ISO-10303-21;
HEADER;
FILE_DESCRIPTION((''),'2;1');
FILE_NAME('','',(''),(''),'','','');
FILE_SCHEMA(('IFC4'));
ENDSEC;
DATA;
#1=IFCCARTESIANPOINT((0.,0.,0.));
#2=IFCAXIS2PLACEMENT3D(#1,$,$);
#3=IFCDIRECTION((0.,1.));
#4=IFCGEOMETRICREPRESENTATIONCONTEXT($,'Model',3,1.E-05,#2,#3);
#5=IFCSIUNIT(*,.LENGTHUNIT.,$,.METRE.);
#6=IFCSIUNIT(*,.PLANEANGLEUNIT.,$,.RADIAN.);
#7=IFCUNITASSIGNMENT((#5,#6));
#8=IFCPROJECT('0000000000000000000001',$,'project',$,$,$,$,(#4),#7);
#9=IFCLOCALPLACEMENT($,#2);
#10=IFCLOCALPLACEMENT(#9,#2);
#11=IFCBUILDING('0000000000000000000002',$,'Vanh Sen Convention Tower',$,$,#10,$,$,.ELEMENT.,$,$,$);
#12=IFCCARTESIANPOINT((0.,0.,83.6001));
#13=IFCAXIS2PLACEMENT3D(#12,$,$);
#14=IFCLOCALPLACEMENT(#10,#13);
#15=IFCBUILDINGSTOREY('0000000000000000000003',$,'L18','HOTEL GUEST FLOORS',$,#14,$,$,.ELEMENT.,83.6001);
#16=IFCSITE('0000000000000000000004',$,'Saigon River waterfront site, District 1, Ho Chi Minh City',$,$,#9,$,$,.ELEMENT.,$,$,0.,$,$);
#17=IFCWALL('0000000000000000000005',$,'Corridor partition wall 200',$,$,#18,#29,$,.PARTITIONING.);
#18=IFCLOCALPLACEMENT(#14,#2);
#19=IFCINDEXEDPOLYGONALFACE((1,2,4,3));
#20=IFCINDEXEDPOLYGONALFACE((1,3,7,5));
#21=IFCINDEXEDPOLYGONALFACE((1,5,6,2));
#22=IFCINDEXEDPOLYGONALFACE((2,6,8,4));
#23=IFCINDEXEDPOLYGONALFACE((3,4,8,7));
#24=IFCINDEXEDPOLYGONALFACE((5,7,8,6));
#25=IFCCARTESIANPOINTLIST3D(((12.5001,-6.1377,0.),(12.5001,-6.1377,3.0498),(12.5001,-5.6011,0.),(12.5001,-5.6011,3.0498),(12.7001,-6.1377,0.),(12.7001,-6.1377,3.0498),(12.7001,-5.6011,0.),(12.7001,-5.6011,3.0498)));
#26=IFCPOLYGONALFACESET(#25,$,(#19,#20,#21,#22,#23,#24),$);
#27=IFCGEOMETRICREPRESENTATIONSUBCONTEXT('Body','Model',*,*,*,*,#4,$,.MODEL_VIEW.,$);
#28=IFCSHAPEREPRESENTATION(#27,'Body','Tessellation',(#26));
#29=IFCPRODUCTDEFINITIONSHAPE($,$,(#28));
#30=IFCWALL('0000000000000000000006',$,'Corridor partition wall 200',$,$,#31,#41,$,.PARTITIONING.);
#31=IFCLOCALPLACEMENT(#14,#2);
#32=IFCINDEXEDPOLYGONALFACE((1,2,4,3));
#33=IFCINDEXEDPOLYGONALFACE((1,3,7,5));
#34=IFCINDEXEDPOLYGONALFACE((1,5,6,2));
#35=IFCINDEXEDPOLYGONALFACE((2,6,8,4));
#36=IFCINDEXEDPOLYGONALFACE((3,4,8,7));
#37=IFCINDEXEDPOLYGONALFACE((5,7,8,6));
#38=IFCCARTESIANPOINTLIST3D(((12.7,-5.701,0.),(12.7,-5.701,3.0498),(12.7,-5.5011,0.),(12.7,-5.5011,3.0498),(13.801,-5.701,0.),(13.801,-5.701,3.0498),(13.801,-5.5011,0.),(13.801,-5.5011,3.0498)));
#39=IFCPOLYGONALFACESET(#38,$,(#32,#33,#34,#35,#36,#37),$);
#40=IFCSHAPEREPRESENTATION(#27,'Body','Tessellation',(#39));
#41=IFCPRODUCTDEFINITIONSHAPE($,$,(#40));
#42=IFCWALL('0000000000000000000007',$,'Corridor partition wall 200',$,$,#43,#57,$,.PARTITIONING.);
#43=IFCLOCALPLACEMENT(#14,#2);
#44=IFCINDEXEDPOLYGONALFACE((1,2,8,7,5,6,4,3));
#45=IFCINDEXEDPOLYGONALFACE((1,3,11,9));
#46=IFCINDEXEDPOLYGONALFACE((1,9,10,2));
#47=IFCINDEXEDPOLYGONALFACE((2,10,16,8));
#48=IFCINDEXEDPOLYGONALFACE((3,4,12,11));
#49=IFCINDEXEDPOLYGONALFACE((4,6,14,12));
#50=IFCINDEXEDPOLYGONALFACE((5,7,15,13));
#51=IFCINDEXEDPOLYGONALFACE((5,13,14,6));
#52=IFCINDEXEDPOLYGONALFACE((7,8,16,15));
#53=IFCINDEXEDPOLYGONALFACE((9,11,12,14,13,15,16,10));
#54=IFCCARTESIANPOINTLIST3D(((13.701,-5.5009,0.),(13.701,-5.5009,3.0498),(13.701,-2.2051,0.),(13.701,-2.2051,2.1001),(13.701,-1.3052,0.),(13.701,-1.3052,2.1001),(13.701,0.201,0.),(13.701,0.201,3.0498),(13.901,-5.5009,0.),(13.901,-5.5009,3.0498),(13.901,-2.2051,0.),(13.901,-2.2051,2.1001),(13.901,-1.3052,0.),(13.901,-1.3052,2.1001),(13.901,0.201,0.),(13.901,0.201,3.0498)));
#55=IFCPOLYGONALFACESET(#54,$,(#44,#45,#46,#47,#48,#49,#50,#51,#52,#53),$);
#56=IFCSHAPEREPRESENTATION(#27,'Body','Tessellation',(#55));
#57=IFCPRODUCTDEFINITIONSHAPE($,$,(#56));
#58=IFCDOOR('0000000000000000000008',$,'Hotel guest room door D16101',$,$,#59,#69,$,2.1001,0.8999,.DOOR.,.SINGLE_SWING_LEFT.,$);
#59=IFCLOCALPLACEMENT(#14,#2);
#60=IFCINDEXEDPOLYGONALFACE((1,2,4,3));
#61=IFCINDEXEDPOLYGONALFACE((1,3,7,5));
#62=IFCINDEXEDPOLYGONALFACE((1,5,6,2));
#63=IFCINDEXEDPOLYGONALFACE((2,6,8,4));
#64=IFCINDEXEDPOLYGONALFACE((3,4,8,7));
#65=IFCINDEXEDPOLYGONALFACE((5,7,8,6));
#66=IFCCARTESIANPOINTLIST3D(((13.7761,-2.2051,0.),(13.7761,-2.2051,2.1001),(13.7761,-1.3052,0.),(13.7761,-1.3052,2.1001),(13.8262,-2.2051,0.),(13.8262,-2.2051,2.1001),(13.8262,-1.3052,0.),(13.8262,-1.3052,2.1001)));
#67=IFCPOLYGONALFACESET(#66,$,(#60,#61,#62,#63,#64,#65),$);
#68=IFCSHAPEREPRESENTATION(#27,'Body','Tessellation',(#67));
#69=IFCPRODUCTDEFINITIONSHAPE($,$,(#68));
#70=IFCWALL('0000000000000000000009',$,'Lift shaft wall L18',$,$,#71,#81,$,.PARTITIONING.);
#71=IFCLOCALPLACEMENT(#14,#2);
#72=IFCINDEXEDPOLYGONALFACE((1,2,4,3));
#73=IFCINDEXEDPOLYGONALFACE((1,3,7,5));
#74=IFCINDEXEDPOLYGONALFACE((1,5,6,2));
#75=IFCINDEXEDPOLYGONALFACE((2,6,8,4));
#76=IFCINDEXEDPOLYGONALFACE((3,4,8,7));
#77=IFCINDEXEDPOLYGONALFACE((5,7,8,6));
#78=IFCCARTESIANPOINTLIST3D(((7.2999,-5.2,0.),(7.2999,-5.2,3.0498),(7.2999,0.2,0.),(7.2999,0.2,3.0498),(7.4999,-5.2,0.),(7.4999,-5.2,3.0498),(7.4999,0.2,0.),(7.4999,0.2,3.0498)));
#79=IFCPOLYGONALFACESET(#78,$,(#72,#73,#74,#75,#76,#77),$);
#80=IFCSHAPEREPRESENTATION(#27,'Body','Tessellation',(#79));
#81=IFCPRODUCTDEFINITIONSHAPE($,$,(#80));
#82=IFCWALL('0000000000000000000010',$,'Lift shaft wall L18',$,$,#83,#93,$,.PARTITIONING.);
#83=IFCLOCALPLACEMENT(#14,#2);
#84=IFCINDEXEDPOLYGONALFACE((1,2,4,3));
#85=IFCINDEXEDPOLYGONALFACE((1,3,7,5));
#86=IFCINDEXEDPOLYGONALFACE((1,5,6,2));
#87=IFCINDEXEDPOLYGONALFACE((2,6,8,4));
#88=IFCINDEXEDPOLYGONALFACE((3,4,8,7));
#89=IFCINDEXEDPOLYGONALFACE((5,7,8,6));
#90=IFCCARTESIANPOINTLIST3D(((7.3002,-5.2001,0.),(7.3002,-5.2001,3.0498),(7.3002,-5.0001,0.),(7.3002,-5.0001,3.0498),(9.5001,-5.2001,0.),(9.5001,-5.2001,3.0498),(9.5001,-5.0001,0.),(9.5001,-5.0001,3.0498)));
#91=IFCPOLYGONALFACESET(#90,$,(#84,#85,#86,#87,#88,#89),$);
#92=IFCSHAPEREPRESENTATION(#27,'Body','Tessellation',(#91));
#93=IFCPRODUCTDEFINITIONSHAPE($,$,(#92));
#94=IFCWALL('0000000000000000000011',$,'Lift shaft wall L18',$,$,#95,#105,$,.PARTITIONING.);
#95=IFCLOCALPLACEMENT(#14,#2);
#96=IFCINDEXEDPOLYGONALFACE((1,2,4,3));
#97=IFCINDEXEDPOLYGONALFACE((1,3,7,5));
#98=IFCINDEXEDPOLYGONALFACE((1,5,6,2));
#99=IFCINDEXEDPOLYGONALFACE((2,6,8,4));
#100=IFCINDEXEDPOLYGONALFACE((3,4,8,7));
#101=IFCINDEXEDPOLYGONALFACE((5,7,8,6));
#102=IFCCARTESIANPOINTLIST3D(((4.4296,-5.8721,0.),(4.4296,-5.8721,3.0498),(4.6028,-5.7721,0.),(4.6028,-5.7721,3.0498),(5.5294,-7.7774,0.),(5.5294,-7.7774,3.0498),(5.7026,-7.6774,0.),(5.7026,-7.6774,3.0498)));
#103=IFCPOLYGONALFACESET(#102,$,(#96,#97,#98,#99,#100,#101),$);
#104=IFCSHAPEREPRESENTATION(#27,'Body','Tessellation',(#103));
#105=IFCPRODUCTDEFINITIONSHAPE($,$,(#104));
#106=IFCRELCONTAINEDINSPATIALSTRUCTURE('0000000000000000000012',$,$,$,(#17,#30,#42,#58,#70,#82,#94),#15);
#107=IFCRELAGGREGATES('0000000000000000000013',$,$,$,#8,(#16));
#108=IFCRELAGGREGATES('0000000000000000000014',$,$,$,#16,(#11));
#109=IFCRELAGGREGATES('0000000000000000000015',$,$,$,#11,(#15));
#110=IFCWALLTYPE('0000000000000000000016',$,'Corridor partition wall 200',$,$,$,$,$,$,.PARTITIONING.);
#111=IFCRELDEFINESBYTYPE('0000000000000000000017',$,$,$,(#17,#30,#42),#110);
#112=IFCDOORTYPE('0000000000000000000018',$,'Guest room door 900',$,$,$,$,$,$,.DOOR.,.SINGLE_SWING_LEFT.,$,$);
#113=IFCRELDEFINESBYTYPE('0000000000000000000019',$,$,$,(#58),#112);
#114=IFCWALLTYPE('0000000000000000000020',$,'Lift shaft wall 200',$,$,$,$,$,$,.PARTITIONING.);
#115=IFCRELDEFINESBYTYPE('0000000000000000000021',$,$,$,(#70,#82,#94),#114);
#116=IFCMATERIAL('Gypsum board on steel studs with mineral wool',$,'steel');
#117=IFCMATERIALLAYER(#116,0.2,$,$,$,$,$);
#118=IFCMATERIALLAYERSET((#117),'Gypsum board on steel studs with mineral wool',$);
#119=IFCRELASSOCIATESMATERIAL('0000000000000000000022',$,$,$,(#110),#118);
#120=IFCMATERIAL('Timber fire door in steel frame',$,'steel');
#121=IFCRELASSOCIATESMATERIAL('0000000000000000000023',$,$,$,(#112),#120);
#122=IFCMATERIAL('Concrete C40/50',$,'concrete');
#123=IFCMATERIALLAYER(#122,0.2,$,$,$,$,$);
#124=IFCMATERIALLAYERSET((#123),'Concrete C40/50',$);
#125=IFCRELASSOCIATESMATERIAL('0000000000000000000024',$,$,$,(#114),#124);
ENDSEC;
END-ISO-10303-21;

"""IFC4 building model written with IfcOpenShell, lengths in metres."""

from ifc_helpers import new_model, si_unit, direction, frame, frame_2d, origin, place, context, subcontext, project, spatial, rectangle, extrude, material, layer, layer_set, type_object, element, fill, save


model = new_model("IFC4")

# Units and contexts
model_context = context("Model", 3, precision=1e-05, world=origin(), true_north=direction((0.0, 1.0)))
body_context = subcontext(model_context, "Body", "Model", "MODEL_VIEW")
ifc_project = project(units=[si_unit("LENGTHUNIT", "METRE"), si_unit("PLANEANGLEUNIT", "RADIAN")], contexts=[model_context])

# Site, building, storey
site_placement = place(None, origin())
site = spatial("IfcSite", under=ifc_project, at=site_placement, Name="Saigon River waterfront site, District 1, Ho Chi Minh City", CompositionType="ELEMENT", RefElevation=0.0)
building_placement = place(site_placement, origin())
building = spatial("IfcBuilding", under=site, at=building_placement, Name="Vanh Sen Convention Tower", CompositionType="ELEMENT")
storey_placement = place(building_placement, frame((0.0, 0.0, 83.6001)))
storey = spatial("IfcBuildingStorey", under=building, at=storey_placement, Name="L18", Description="HOTEL GUEST FLOORS", CompositionType="ELEMENT", Elevation=83.6001)

# Shared definitions
ifc_material_1 = material(Name="Gypsum board on steel studs with mineral wool", Category="steel")
ifc_layer_1 = layer(ifc_material_1, 0.2)
ifc_layer_set_1 = layer_set([ifc_layer_1], Name="Gypsum board on steel studs with mineral wool")
wall_type_1 = type_object("IfcWallType", Name="Corridor partition wall 200", PredefinedType="PARTITIONING", material=ifc_layer_set_1)
ifc_material_2 = material(Name="Timber fire door in steel frame", Category="steel")
door_type_1 = type_object("IfcDoorType", Name="Guest room door 900", OperationType="SINGLE_SWING_LEFT", PredefinedType="DOOR", material=ifc_material_2)

# Walls
wall_1_placement = place(storey_placement, frame((12.6001, -6.1377, 0.0), z_axis=(0.0, 0.0, 1.0), x_axis=(0.0, 1.0, 0.0)))
element("IfcWall", 1, at=wall_1_placement, inside=storey, type_object=wall_type_1, Name="Corridor partition wall 200", PredefinedType="PARTITIONING", context=body_context, shape_type="SweptSolid", body=[
    extrude(rectangle(XDim=0.5366, YDim=0.2, at=frame_2d((0.2683, 0.0))), origin(), (0.0, 0.0, 1.0), 3.0498),
])
wall_2_placement = place(storey_placement, frame((12.7, -5.6011, 0.0), z_axis=(0.0, 0.0, 1.0), x_axis=(1.0, 0.0, 0.0)))
element("IfcWall", 2, at=wall_2_placement, inside=storey, type_object=wall_type_1, Name="Corridor partition wall 200", PredefinedType="PARTITIONING", context=body_context, shape_type="SweptSolid", body=[
    extrude(rectangle(XDim=1.1011, YDim=0.2, at=frame_2d((0.5505, 0.0))), origin(), (0.0, 0.0, 1.0), 3.0498),
])

# Wall, opening, door
wall_3_placement = place(storey_placement, frame((13.801, -5.501, 0.0), z_axis=(0.0, 0.0, 1.0), x_axis=(0.0, 1.0, 0.0)))
wall_3 = element("IfcWall", 3, at=wall_3_placement, inside=storey, type_object=wall_type_1, Name="Corridor partition wall 200", PredefinedType="PARTITIONING", context=body_context, shape_type="SweptSolid", body=[
    extrude(rectangle(XDim=5.7019, YDim=0.2, at=frame_2d((2.8511, 0.0))), origin(), (0.0, 0.0, 1.0), 3.0498),
])
opening_1_placement = place(wall_3_placement, frame((3.2959, 0.0, 0.0)))
opening_1 = element("IfcOpeningElement", 4, at=opening_1_placement, cuts=wall_3, PredefinedType="OPENING", context=body_context, shape_type="SweptSolid", body=[
    extrude(rectangle(XDim=0.8999, YDim=2.1001, at=frame_2d((0.45, 1.05))), frame((0.0, 0.1099, 0.0), z_axis=(0.0, -1.0, 0.0), x_axis=(1.0, 0.0, 0.0)), (0.0, 0.0, 1.0), 0.22),
])
door_1_placement = place(opening_1_placement, origin())
door_1 = element("IfcDoor", 5, at=door_1_placement, inside=storey, type_object=door_type_1, Name="Hotel guest room door D16101", OperationType="SINGLE_SWING_LEFT", OverallHeight=2.1001, OverallWidth=0.8999, PredefinedType="DOOR", context=body_context, shape_type="SweptSolid", body=[
    extrude(rectangle(XDim=0.8999, YDim=2.1001, at=frame_2d((0.45, 1.05))), frame((0.0, 0.0249, 0.0), z_axis=(0.0, -1.0, 0.0), x_axis=(1.0, 0.0, 0.0)), (0.0, 0.0, 1.0), 0.05),
])
fill(opening_1, door_1)

# Walls
ifc_material_3 = material(Name="Concrete C40/50", Category="concrete")
ifc_layer_2 = layer(ifc_material_3, 0.2)
ifc_layer_set_2 = layer_set([ifc_layer_2], Name="Concrete C40/50")
wall_type_2 = type_object("IfcWallType", Name="Lift shaft wall 200", PredefinedType="PARTITIONING", material=ifc_layer_set_2)
wall_4_placement = place(storey_placement, frame((7.3999, -5.2, 0.0), z_axis=(0.0, 0.0, 1.0), x_axis=(0.0, 1.0, 0.0)))
element("IfcWall", 6, at=wall_4_placement, inside=storey, type_object=wall_type_2, Name="Lift shaft wall L18", PredefinedType="PARTITIONING", context=body_context, shape_type="SweptSolid", body=[
    extrude(rectangle(XDim=5.3999, YDim=0.2, at=frame_2d((2.7, 0.0))), origin(), (0.0, 0.0, 1.0), 3.0498),
])
for number, where, z_axis, x_axis, name in (
    (7, (7.3, -5.1001, 0.0), (0.0, 0.0, 1.0), (1.0, 0.0, 0.0), "Lift shaft wall L18"),
    (8, (4.5161, -5.822, 0.0), (0.0, 0.0, 1.0), (0.499947, -0.866056, 0.0), "Lift shaft wall L18"),
):
    element("IfcWall", number, at=place(storey_placement, frame(where, z_axis=z_axis, x_axis=x_axis)), inside=storey, type_object=wall_type_2, Name=name, PredefinedType="PARTITIONING", context=body_context, shape_type="SweptSolid", body=[
        extrude(rectangle(XDim=2.2, YDim=0.2, at=frame_2d((1.1001, 0.0))), origin(), (0.0, 0.0, 1.0), 3.0498),
    ])

save(model, "model.ifc")
